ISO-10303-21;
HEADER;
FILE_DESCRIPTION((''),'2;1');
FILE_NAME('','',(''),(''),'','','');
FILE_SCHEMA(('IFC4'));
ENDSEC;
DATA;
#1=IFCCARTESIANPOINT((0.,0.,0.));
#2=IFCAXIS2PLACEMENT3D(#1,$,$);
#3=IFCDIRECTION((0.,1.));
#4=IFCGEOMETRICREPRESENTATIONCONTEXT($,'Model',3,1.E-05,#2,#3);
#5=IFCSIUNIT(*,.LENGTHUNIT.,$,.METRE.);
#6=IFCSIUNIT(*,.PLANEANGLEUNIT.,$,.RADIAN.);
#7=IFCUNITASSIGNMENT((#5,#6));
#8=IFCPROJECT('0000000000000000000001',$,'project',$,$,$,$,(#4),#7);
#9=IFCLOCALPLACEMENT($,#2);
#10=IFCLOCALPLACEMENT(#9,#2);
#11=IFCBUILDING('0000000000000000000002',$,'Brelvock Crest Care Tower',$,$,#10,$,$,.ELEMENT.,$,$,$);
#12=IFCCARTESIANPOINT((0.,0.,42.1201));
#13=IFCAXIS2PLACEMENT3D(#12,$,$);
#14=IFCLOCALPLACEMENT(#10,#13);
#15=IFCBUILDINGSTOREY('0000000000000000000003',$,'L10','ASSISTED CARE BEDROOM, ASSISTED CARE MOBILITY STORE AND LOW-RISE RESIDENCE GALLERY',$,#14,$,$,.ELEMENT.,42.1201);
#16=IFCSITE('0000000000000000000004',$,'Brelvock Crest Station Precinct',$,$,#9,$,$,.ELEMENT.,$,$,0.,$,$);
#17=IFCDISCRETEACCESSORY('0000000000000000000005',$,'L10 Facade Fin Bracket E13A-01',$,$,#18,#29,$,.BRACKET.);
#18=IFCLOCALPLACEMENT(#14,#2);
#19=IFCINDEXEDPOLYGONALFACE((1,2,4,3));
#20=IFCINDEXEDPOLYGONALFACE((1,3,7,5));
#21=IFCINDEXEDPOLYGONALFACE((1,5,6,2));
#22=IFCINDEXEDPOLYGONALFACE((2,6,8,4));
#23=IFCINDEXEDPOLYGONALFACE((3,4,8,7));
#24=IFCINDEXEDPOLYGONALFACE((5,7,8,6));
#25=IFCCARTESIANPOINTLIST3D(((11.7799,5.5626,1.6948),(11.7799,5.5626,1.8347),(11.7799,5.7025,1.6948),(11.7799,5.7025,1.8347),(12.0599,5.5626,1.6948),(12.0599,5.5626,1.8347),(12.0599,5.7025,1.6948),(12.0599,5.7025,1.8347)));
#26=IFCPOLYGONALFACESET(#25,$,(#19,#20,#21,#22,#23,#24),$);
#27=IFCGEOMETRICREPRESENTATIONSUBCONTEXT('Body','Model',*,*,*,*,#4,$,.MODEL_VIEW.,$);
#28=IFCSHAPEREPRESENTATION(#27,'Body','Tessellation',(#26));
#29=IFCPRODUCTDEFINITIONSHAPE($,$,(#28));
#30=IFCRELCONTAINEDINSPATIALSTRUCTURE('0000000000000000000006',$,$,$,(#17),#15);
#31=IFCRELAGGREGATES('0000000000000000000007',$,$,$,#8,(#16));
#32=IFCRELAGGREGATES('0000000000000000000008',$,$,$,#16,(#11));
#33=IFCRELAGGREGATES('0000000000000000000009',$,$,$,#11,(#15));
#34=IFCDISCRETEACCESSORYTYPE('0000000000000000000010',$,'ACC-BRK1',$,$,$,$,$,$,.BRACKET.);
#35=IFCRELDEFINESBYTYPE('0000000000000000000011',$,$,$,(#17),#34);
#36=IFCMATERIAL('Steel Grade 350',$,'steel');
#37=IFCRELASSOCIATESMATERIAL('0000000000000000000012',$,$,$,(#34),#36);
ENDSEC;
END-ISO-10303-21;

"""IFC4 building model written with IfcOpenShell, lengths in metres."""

from ifc_helpers import new_model, si_unit, direction, frame, origin, origin_2d, place, context, subcontext, project, spatial, rectangle, extrude, source, transform, mapped, material, type_object, element, save


model = new_model("IFC4")

# Units and contexts
model_context = context("Model", 3, precision=1e-05, world=origin(), true_north=direction((0.0, 1.0)))
body_context = subcontext(model_context, "Body", "Model", "MODEL_VIEW")
ifc_project = project(units=[si_unit("LENGTHUNIT", "METRE"), si_unit("PLANEANGLEUNIT", "RADIAN")], contexts=[model_context])

# Site, building, storey
site_placement = place(None, origin())
site = spatial("IfcSite", under=ifc_project, at=site_placement, Name="Brelvock Crest Station Precinct", CompositionType="ELEMENT", RefElevation=0.0)
building_placement = place(site_placement, origin())
building = spatial("IfcBuilding", under=site, at=building_placement, Name="Brelvock Crest Care Tower", CompositionType="ELEMENT")
storey_placement = place(building_placement, frame((0.0, 0.0, 42.1201)))
storey = spatial("IfcBuildingStorey", under=building, at=storey_placement, Name="L10", Description="ASSISTED CARE BEDROOM, ASSISTED CARE MOBILITY STORE AND LOW-RISE RESIDENCE GALLERY", CompositionType="ELEMENT", Elevation=42.1201)

# Discrete accessory
ifc_material_1 = material(Name="Steel Grade 350", Category="steel")
discrete_accessory_type = type_object("IfcDiscreteAccessoryType", Name="ACC-BRK1", PredefinedType="BRACKET", material=ifc_material_1)
shared_shape_1 = source(origin(), body_context, "Body", "SweptSolid", [
    extrude(rectangle(XDim=0.28, YDim=0.1399, at=origin_2d()), origin(), (0.0, 0.0, 1.0), 0.1399),
])
discrete_accessory_placement = place(storey_placement, frame((11.9199, 5.6326, 1.6948), z_axis=(0.0, 0.0, 1.0), x_axis=(-1.0, 0.0, 0.0)))
element("IfcDiscreteAccessory", 1, at=discrete_accessory_placement, inside=storey, type_object=discrete_accessory_type, Name="L10 Facade Fin Bracket E13A-01", PredefinedType="BRACKET", context=body_context, shape_type="MappedRepresentation", body=[
    mapped(shared_shape_1, transform((0.0, 0.0, 0.0), x_axis=(1.0, 0.0, 0.0), y_axis=(0.0, 1.0, 0.0), z_axis=(0.0, 0.0, 1.0), scale=1.0)),
])

save(model, "model.ifc")
